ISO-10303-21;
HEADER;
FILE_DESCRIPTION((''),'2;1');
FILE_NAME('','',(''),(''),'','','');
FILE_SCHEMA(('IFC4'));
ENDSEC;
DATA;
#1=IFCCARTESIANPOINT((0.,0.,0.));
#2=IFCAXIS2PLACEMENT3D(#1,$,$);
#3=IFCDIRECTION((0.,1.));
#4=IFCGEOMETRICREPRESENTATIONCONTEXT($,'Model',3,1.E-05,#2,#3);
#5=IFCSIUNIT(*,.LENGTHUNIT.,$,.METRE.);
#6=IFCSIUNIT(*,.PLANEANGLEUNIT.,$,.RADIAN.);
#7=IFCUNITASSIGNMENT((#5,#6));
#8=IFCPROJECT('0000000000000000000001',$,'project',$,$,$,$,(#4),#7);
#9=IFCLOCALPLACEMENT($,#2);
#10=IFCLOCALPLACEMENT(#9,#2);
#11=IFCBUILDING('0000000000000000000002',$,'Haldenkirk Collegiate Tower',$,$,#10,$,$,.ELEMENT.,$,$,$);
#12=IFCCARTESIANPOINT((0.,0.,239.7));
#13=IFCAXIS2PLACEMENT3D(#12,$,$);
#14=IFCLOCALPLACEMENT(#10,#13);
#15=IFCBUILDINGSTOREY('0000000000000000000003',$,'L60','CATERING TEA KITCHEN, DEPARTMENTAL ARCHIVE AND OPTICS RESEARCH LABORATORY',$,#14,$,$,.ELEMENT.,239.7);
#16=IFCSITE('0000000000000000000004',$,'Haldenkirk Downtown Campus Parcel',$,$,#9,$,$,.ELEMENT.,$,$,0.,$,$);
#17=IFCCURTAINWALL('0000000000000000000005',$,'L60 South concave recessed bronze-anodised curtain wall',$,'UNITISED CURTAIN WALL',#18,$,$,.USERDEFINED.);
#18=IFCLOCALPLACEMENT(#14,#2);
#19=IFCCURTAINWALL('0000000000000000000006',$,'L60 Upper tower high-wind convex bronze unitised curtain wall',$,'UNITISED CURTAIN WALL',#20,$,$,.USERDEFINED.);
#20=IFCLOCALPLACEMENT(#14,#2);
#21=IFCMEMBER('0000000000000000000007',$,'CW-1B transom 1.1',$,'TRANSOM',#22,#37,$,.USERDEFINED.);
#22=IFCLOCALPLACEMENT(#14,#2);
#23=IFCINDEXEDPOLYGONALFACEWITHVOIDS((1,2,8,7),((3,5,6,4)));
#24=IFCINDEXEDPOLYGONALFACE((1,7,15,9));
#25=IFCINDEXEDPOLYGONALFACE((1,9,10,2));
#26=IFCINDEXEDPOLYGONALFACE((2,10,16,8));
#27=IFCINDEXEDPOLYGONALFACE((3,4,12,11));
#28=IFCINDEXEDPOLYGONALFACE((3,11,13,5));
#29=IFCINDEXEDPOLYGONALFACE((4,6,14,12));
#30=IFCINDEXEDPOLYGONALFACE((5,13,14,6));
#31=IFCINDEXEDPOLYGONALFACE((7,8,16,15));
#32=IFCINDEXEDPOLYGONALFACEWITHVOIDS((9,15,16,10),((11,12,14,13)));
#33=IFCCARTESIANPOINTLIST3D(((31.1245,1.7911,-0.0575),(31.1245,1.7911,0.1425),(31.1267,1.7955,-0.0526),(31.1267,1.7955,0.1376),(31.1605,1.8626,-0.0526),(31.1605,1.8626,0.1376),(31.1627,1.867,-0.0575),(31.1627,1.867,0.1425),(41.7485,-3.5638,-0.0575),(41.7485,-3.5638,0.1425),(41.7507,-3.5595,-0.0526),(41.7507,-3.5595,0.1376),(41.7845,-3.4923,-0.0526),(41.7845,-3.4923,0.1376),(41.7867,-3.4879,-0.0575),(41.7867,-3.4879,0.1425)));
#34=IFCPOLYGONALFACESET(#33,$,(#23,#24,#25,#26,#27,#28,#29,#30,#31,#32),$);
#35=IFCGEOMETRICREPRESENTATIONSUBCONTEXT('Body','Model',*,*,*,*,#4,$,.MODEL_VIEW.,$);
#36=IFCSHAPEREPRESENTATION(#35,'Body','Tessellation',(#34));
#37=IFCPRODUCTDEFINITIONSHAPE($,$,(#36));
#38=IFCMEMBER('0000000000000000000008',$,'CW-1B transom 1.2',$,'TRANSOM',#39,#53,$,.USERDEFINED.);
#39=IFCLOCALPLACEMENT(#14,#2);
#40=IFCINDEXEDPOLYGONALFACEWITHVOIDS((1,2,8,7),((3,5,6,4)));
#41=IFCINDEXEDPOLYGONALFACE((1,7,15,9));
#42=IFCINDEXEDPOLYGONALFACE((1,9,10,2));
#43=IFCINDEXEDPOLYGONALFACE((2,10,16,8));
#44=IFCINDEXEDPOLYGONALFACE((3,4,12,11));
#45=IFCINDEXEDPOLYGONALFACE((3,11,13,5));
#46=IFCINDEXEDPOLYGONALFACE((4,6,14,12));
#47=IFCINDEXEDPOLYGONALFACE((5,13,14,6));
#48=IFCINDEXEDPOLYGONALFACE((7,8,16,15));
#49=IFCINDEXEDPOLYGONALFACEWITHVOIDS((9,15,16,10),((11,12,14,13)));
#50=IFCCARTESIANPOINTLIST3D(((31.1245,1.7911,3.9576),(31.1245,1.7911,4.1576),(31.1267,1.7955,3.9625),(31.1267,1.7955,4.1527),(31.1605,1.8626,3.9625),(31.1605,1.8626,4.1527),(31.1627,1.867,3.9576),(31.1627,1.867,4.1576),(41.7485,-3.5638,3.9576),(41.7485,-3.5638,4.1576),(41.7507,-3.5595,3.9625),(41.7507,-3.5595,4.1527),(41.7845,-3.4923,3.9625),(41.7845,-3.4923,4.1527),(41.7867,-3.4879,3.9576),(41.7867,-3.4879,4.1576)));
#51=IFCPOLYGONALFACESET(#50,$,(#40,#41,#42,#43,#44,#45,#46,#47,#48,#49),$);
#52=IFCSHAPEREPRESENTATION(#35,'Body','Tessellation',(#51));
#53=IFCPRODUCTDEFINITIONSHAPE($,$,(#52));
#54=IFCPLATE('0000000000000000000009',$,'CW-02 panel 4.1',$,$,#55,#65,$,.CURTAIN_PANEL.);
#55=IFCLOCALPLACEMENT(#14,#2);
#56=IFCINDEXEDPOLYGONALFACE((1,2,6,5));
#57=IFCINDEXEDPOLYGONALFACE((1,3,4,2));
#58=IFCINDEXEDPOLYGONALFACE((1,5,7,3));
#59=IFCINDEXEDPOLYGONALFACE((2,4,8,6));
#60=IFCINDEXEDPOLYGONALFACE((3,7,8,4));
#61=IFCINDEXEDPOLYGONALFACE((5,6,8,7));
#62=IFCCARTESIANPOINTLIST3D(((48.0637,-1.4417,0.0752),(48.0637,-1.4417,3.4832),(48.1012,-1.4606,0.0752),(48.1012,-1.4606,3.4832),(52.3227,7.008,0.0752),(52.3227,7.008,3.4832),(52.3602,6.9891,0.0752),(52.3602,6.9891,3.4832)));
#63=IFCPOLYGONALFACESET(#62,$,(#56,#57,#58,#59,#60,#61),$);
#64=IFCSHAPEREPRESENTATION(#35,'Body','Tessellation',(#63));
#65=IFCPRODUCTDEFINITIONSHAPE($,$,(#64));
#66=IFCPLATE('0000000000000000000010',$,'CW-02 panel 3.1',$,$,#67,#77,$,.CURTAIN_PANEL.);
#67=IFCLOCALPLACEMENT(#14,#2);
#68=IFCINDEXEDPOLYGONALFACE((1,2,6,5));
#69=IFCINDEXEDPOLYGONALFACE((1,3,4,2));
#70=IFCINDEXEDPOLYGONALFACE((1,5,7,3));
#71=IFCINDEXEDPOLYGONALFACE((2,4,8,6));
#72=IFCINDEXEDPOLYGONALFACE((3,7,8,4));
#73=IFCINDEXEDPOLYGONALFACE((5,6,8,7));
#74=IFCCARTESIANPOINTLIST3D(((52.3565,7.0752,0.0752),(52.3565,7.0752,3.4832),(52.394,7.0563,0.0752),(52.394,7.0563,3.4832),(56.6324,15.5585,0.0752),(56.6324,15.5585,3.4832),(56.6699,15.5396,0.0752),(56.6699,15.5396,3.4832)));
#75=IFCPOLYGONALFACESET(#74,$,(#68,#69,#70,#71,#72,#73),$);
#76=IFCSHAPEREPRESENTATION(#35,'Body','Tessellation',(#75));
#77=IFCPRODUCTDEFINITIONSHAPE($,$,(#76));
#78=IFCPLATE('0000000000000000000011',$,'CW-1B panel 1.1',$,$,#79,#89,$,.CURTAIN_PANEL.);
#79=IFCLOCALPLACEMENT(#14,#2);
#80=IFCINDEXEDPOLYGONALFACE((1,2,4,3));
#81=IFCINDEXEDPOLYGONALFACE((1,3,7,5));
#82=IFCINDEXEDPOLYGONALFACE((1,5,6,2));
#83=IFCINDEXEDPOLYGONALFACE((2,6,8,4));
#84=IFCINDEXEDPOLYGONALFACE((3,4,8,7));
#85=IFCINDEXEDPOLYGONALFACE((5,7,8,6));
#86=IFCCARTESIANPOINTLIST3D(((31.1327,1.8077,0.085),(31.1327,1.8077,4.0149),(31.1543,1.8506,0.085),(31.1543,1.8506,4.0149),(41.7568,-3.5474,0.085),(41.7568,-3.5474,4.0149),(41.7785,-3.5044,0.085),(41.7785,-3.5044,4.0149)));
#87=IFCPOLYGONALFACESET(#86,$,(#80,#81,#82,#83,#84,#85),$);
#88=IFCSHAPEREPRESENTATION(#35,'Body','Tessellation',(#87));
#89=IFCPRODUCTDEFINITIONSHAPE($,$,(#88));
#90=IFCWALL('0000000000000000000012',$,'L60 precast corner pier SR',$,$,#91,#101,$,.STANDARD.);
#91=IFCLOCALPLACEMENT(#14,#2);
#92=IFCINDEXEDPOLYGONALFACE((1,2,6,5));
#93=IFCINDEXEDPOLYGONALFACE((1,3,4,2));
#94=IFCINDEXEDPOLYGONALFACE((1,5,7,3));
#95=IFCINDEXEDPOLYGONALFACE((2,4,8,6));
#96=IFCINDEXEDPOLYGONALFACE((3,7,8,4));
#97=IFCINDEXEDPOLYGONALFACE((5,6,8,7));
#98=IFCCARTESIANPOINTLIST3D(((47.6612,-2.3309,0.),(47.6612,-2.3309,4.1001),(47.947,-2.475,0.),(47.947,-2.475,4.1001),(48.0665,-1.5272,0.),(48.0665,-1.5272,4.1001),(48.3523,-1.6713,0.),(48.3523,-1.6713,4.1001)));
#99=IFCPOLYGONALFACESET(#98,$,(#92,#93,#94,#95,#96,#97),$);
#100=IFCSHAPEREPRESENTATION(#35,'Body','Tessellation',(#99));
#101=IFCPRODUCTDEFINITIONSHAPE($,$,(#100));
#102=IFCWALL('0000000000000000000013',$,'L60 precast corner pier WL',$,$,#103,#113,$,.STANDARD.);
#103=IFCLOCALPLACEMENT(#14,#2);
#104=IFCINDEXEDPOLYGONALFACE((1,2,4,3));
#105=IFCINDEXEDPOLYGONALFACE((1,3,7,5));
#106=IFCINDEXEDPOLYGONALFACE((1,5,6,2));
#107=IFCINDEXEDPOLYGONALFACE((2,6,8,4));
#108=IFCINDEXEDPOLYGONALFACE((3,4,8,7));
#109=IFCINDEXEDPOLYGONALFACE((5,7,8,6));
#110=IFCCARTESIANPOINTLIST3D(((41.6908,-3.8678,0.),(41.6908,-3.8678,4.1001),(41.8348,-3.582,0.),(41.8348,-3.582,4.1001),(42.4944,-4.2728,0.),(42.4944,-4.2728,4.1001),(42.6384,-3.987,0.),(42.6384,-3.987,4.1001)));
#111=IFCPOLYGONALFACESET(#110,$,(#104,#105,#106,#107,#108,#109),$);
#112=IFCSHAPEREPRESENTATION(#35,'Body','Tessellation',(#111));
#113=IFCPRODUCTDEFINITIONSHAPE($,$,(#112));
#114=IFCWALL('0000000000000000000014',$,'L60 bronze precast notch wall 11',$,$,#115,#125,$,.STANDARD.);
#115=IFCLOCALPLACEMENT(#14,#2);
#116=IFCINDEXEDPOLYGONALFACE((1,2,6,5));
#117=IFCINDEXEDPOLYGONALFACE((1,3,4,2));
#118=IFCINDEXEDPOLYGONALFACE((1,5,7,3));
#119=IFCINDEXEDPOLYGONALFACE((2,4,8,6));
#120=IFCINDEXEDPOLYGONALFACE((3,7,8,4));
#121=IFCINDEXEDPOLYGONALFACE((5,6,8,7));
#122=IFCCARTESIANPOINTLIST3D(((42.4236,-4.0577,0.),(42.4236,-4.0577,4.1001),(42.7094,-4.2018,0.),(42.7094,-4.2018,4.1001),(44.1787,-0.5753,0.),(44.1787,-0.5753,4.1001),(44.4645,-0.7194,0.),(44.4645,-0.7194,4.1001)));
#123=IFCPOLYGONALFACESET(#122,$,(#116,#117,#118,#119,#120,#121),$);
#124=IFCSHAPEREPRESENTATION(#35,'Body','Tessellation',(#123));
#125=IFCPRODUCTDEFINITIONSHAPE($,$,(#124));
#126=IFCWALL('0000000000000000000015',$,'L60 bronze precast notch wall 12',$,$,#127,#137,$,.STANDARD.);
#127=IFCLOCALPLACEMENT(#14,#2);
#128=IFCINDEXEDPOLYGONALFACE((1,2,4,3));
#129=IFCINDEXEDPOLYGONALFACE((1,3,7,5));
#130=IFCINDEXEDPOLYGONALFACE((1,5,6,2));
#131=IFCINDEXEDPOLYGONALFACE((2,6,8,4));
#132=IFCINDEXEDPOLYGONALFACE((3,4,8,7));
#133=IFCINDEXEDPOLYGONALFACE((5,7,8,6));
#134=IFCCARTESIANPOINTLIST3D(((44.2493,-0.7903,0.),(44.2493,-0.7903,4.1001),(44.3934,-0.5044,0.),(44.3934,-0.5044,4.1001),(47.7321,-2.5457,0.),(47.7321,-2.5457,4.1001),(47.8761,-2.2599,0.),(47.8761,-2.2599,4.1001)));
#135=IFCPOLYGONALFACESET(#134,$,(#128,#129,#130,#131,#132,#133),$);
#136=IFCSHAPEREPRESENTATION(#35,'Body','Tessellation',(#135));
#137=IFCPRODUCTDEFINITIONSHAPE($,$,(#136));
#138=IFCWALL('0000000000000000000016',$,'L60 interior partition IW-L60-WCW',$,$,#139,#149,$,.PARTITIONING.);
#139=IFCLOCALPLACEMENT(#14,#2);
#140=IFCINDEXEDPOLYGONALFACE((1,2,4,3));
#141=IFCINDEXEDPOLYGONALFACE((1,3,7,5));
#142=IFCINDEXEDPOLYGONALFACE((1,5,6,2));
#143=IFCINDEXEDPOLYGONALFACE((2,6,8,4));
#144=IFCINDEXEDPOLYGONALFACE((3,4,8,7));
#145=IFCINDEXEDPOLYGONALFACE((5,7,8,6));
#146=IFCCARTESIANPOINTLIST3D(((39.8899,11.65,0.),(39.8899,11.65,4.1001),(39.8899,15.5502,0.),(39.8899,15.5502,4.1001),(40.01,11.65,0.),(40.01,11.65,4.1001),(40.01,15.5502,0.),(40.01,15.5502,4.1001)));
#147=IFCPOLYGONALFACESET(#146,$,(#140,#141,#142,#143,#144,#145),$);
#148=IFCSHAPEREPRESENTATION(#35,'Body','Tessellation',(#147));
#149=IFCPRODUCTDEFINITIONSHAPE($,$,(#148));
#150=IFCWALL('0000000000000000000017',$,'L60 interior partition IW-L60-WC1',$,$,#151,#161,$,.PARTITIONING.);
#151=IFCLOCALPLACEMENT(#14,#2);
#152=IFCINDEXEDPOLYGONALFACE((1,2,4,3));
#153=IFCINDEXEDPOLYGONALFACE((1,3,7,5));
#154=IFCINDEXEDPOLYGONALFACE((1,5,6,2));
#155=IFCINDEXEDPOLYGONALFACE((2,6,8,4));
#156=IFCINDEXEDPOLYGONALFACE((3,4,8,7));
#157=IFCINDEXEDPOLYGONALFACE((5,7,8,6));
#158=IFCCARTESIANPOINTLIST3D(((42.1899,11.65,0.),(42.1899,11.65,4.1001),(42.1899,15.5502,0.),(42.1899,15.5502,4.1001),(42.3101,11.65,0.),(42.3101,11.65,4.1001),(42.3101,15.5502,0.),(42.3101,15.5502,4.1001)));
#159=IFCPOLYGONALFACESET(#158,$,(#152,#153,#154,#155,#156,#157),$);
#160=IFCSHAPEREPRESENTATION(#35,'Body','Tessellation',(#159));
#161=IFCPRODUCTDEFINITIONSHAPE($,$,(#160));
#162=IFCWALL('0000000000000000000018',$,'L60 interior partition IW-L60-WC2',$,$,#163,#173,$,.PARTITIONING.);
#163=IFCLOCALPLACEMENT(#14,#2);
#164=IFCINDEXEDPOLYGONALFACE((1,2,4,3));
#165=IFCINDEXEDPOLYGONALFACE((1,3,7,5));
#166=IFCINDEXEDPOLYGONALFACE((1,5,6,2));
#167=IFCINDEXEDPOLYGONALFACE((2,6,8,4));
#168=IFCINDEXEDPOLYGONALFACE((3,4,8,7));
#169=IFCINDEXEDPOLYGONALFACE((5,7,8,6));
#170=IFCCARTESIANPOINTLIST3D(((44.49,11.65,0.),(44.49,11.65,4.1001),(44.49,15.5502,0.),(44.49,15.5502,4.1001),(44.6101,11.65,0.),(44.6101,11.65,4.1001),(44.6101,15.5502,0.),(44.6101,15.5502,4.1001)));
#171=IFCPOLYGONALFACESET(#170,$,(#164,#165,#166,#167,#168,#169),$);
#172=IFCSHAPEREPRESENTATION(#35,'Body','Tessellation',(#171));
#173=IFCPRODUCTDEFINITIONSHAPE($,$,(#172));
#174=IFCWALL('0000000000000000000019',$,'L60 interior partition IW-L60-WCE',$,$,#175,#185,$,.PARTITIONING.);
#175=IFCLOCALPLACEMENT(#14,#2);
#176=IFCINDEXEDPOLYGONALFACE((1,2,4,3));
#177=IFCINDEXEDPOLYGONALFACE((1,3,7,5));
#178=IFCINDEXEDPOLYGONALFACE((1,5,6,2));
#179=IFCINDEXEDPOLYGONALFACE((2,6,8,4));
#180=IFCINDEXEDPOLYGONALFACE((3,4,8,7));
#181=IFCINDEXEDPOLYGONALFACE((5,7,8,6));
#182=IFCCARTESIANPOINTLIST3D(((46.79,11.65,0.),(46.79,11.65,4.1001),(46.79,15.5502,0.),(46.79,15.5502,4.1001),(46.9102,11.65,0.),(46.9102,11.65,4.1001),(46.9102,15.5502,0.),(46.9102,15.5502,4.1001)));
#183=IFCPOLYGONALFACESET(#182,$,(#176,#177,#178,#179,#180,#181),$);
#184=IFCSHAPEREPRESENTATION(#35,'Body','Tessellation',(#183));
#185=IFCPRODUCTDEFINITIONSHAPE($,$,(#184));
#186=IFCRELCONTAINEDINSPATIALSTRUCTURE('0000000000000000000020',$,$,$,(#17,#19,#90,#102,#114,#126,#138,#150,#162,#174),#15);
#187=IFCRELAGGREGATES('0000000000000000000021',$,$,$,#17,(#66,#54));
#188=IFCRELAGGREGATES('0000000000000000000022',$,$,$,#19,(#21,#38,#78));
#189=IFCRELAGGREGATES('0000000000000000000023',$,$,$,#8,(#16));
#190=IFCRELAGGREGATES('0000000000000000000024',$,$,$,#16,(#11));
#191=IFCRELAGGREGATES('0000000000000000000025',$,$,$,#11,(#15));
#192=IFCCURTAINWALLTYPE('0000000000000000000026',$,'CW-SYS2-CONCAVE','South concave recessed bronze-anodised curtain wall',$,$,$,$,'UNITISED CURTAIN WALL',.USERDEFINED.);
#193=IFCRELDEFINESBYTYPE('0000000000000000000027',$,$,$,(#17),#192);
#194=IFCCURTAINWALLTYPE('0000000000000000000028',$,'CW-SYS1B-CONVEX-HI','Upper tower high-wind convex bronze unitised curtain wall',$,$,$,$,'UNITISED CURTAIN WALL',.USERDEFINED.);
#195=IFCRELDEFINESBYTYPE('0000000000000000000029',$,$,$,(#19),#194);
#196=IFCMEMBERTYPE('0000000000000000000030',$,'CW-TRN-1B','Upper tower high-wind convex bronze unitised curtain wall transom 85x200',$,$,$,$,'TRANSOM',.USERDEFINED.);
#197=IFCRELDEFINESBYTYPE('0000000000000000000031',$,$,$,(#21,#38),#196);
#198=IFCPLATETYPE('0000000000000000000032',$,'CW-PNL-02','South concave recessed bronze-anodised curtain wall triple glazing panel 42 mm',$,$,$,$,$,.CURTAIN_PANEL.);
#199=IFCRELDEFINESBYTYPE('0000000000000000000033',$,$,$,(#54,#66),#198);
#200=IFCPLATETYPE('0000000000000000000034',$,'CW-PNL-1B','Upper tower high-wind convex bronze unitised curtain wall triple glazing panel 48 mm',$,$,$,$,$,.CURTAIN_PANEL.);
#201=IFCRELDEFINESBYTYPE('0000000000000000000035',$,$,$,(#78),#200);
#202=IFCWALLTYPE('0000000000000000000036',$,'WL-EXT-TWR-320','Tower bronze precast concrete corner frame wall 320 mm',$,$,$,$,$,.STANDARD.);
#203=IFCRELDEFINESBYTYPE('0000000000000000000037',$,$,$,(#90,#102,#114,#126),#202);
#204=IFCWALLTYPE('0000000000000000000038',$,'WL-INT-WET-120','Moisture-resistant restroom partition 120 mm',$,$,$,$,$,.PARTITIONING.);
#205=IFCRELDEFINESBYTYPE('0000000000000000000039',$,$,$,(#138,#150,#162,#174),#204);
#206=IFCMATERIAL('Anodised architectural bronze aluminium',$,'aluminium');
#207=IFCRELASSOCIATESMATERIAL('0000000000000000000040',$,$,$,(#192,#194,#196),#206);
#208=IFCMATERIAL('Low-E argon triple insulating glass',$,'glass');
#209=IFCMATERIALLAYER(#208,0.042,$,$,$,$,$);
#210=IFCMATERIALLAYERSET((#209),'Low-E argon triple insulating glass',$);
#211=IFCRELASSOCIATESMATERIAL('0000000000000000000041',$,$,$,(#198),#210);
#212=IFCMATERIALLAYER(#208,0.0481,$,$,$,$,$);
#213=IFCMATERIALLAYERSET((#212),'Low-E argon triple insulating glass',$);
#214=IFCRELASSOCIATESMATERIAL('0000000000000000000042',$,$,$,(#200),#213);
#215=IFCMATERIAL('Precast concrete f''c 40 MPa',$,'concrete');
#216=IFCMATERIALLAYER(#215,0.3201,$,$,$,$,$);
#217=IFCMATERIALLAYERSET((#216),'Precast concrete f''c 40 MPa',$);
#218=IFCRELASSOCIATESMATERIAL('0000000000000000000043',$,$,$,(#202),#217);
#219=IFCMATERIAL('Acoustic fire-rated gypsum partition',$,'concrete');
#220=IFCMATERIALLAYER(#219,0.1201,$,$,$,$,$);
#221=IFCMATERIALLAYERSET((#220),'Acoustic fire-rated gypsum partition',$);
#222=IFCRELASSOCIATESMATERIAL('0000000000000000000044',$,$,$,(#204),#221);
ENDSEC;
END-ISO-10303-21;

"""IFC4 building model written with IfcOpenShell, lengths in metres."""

from ifc_helpers import new_model, si_unit, direction, frame, frame_2d, origin, origin_2d, place, context, subcontext, project, spatial, rectangle, hollow_rectangle, extrude, source, transform, mapped, material, layer, layer_set, material_profile, profile_set, type_object, element, aggregate, save


model = new_model("IFC4")

# Units and contexts
model_context = context("Model", 3, precision=1e-05, world=origin(), true_north=direction((0.0, 1.0)))
body_context = subcontext(model_context, "Body", "Model", "MODEL_VIEW")
ifc_project = project(units=[si_unit("LENGTHUNIT", "METRE"), si_unit("PLANEANGLEUNIT", "RADIAN")], contexts=[model_context])

# Site, building, storey
site_placement = place(None, origin())
site = spatial("IfcSite", under=ifc_project, at=site_placement, Name="Haldenkirk Downtown Campus Parcel", CompositionType="ELEMENT", RefElevation=0.0)
building_placement = place(site_placement, origin())
building = spatial("IfcBuilding", under=site, at=building_placement, Name="Haldenkirk Collegiate Tower", CompositionType="ELEMENT")
storey_placement = place(building_placement, frame((0.0, 0.0, 239.7)))
storey = spatial("IfcBuildingStorey", under=building, at=storey_placement, Name="L60", Description="CATERING TEA KITCHEN, DEPARTMENTAL ARCHIVE AND OPTICS RESEARCH LABORATORY", CompositionType="ELEMENT", Elevation=239.7)

# Curtain wall
ifc_material_1 = material(Name="Anodised architectural bronze aluminium", Category="aluminium")
curtain_wall_type_1 = type_object("IfcCurtainWallType", Name="CW-SYS2-CONCAVE", Description="South concave recessed bronze-anodised curtain wall", ElementType="UNITISED CURTAIN WALL", PredefinedType="USERDEFINED", material=ifc_material_1)
curtain_wall_1_placement = place(storey_placement, origin())
curtain_wall_1 = element("IfcCurtainWall", 1, at=curtain_wall_1_placement, inside=storey, type_object=curtain_wall_type_1, Name="L60 South concave recessed bronze-anodised curtain wall", ObjectType="UNITISED CURTAIN WALL", PredefinedType="USERDEFINED")

# Curtain wall
curtain_wall_type_2 = type_object("IfcCurtainWallType", Name="CW-SYS1B-CONVEX-HI", Description="Upper tower high-wind convex bronze unitised curtain wall", ElementType="UNITISED CURTAIN WALL", PredefinedType="USERDEFINED", material=ifc_material_1)
curtain_wall_2_placement = place(storey_placement, origin())
curtain_wall_2 = element("IfcCurtainWall", 2, at=curtain_wall_2_placement, inside=storey, type_object=curtain_wall_type_2, Name="L60 Upper tower high-wind convex bronze unitised curtain wall", ObjectType="UNITISED CURTAIN WALL", PredefinedType="USERDEFINED")

# Members
ifc_material_profile_1 = material_profile(ifc_material_1, hollow_rectangle(XDim=0.085, YDim=0.2, WallThickness=0.0049, at=origin_2d()), Name="CW-TRN-1B")
ifc_profile_set_1 = profile_set([ifc_material_profile_1], Name="Anodised architectural bronze aluminium")
member_type_1 = type_object("IfcMemberType", Name="CW-TRN-1B", Description="Upper tower high-wind convex bronze unitised curtain wall transom 85x200", ElementType="TRANSOM", PredefinedType="USERDEFINED", material=ifc_profile_set_1)
member_1_placement = place(storey_placement, frame((41.7676, -3.5259, 0.0425), z_axis=(-0.892978, 0.450101, 0.0), x_axis=(-0.450101, -0.892978, 0.0)))
member_1 = element("IfcMember", 3, at=member_1_placement, type_object=member_type_1, Name="CW-1B transom 1.1", ObjectType="TRANSOM", PredefinedType="USERDEFINED", context=body_context, shape_type="SweptSolid", body=[
    extrude(hollow_rectangle(XDim=0.085, YDim=0.2, WallThickness=0.0049, at=origin_2d()), origin(), (0.0, 0.0, 1.0), 11.8972),
])
member_2_placement = place(storey_placement, frame((41.7676, -3.5259, 4.0576), z_axis=(-0.892978, 0.450101, 0.0), x_axis=(-0.450101, -0.892978, 0.0)))
member_2 = element("IfcMember", 4, at=member_2_placement, type_object=member_type_1, Name="CW-1B transom 1.2", ObjectType="TRANSOM", PredefinedType="USERDEFINED", context=body_context, shape_type="SweptSolid", body=[
    extrude(hollow_rectangle(XDim=0.085, YDim=0.2, WallThickness=0.0049, at=origin_2d()), origin(), (0.0, 0.0, 1.0), 11.8972),
])

# Plates
ifc_material_2 = material(Name="Low-E argon triple insulating glass", Category="glass")
ifc_layer_1 = layer(ifc_material_2, 0.042)
ifc_layer_set_1 = layer_set([ifc_layer_1], Name="Low-E argon triple insulating glass")
plate_type_1 = type_object("IfcPlateType", Name="CW-PNL-02", Description="South concave recessed bronze-anodised curtain wall triple glazing panel 42 mm", PredefinedType="CURTAIN_PANEL", material=ifc_layer_set_1)
shared_shape_1 = source(origin(), body_context, "Body", "SweptSolid", [
    extrude(rectangle(XDim=9.4624, YDim=0.042, at=origin_2d()), origin(), (0.0, 0.0, 1.0), 3.408),
])
plate_1_placement = place(storey_placement, frame((50.2119, 2.7737, 0.0752), z_axis=(0.0, 0.0, 1.0), x_axis=(-0.450097, -0.89298, 0.0)))
plate_1 = element("IfcPlate", 5, at=plate_1_placement, type_object=plate_type_1, Name="CW-02 panel 4.1", PredefinedType="CURTAIN_PANEL", context=body_context, shape_type="MappedRepresentation", body=[
    mapped(shared_shape_1, transform((0.0, 0.0, 0.0), x_axis=(1.0, 0.0, 0.0), y_axis=(0.0, 1.0, 0.0), z_axis=(0.0, 0.0, 1.0), scale=1.0)),
])
shared_shape_2 = source(origin(), body_context, "Body", "SweptSolid", [
    extrude(rectangle(XDim=9.5, YDim=0.042, at=origin_2d()), origin(), (0.0, 0.0, 1.0), 3.408),
])
plate_2_placement = place(storey_placement, frame((54.5132, 11.3074, 0.0752), z_axis=(0.0, 0.0, 1.0), x_axis=(-0.450097, -0.89298, 0.0)))
plate_2 = element("IfcPlate", 6, at=plate_2_placement, type_object=plate_type_1, Name="CW-02 panel 3.1", PredefinedType="CURTAIN_PANEL", context=body_context, shape_type="MappedRepresentation", body=[
    mapped(shared_shape_2, transform((0.0, 0.0, 0.0), x_axis=(1.0, 0.0, 0.0), y_axis=(0.0, 1.0, 0.0), z_axis=(0.0, 0.0, 1.0), scale=1.0)),
])
aggregate(curtain_wall_1, [plate_2, plate_1])
ifc_layer_2 = layer(ifc_material_2, 0.0481)
ifc_layer_set_2 = layer_set([ifc_layer_2], Name="Low-E argon triple insulating glass")
plate_type_2 = type_object("IfcPlateType", Name="CW-PNL-1B", Description="Upper tower high-wind convex bronze unitised curtain wall triple glazing panel 48 mm", PredefinedType="CURTAIN_PANEL", material=ifc_layer_set_2)
shared_shape_3 = source(origin(), body_context, "Body", "SweptSolid", [
    extrude(rectangle(XDim=11.8975, YDim=0.0481, at=origin_2d()), origin(), (0.0, 0.0, 1.0), 3.9299),
])
plate_3_placement = place(storey_placement, frame((36.4556, -0.8484, 0.085), z_axis=(0.0, 0.0, 1.0), x_axis=(-0.892979, 0.450099, 0.0)))
plate_3 = element("IfcPlate", 7, at=plate_3_placement, type_object=plate_type_2, Name="CW-1B panel 1.1", PredefinedType="CURTAIN_PANEL", context=body_context, shape_type="MappedRepresentation", body=[
    mapped(shared_shape_3, transform((0.0, 0.0, 0.0), x_axis=(1.0, 0.0, 0.0), y_axis=(0.0, 1.0, 0.0), z_axis=(0.0, 0.0, 1.0), scale=1.0)),
])
aggregate(curtain_wall_2, [member_1, member_2, plate_3])

# Walls
ifc_material_3 = material(Name="Precast concrete f'c 40 MPa", Category="concrete")
ifc_layer_3 = layer(ifc_material_3, 0.3201)
ifc_layer_set_3 = layer_set([ifc_layer_3], Name="Precast concrete f'c 40 MPa")
wall_type_1 = type_object("IfcWallType", Name="WL-EXT-TWR-320", Description="Tower bronze precast concrete corner frame wall 320 mm", PredefinedType="STANDARD", material=ifc_layer_set_3)
wall_1_placement = place(storey_placement, frame((48.2095, -1.5991, 0.0), z_axis=(0.0, 0.0, 1.0), x_axis=(-0.450249, -0.892903, 0.0)))
element("IfcWall", 8, at=wall_1_placement, inside=storey, type_object=wall_type_1, Name="L60 precast corner pier SR", PredefinedType="STANDARD", context=body_context, shape_type="SweptSolid", body=[
    extrude(rectangle(XDim=0.9001, YDim=0.3201, at=frame_2d((0.4502, 0.0))), origin(), (0.0, 0.0, 1.0), 4.1001),
])
wall_2_placement = place(storey_placement, frame((42.5664, -4.1299, 0.0), z_axis=(0.0, 0.0, 1.0), x_axis=(-0.893012, 0.450033, 0.0)))
element("IfcWall", 9, at=wall_2_placement, inside=storey, type_object=wall_type_1, Name="L60 precast corner pier WL", PredefinedType="STANDARD", context=body_context, shape_type="SweptSolid", body=[
    extrude(rectangle(XDim=0.8999, YDim=0.3201, at=frame_2d((0.45, 0.0))), origin(), (0.0, 0.0, 1.0), 4.1001),
])
wall_3_placement = place(storey_placement, frame((44.3215, -0.6475, 0.0), z_axis=(0.0, 0.0, 1.0), x_axis=(-0.450066, -0.892995, 0.0)))
element("IfcWall", 10, at=wall_3_placement, inside=storey, type_object=wall_type_1, Name="L60 bronze precast notch wall 11", PredefinedType="STANDARD", context=body_context, shape_type="SweptSolid", body=[
    extrude(rectangle(XDim=3.8997, YDim=0.3201, at=frame_2d((1.9497, 0.0))), origin(), (0.0, 0.0, 1.0), 4.1001),
])
wall_4_placement = place(storey_placement, frame((47.8042, -2.4028, 0.0), z_axis=(0.0, 0.0, 1.0), x_axis=(-0.892983, 0.450091, 0.0)))
element("IfcWall", 11, at=wall_4_placement, inside=storey, type_object=wall_type_1, Name="L60 bronze precast notch wall 12", PredefinedType="STANDARD", context=body_context, shape_type="SweptSolid", body=[
    extrude(rectangle(XDim=3.9001, YDim=0.3201, at=frame_2d((1.9502, 0.0))), origin(), (0.0, 0.0, 1.0), 4.1001),
])
ifc_material_4 = material(Name="Acoustic fire-rated gypsum partition", Category="concrete")
ifc_layer_4 = layer(ifc_material_4, 0.1201)
ifc_layer_set_4 = layer_set([ifc_layer_4], Name="Acoustic fire-rated gypsum partition")
wall_type_2 = type_object("IfcWallType", Name="WL-INT-WET-120", Description="Moisture-resistant restroom partition 120 mm", PredefinedType="PARTITIONING", material=ifc_layer_set_4)
for number, where, z_axis, x_axis, name in (
    (12, (39.95, 11.6499, 0.0), (0.0, 0.0, 1.0), (0.0, 1.0, 0.0), "L60 interior partition IW-L60-WCW"),
    (13, (42.25, 11.6499, 0.0), (0.0, 0.0, 1.0), (0.0, 1.0, 0.0), "L60 interior partition IW-L60-WC1"),
    (14, (44.55, 11.6499, 0.0), (0.0, 0.0, 1.0), (0.0, 1.0, 0.0), "L60 interior partition IW-L60-WC2"),
    (15, (46.8501, 11.6499, 0.0), (0.0, 0.0, 1.0), (0.0, 1.0, 0.0), "L60 interior partition IW-L60-WCE"),
):
    element("IfcWall", number, at=place(storey_placement, frame(where, z_axis=z_axis, x_axis=x_axis)), inside=storey, type_object=wall_type_2, Name=name, PredefinedType="PARTITIONING", context=body_context, shape_type="SweptSolid", body=[
        extrude(rectangle(XDim=3.9001, YDim=0.1201, at=frame_2d((1.9502, 0.0))), origin(), (0.0, 0.0, 1.0), 4.1001),
    ])

save(model, "model.ifc")
